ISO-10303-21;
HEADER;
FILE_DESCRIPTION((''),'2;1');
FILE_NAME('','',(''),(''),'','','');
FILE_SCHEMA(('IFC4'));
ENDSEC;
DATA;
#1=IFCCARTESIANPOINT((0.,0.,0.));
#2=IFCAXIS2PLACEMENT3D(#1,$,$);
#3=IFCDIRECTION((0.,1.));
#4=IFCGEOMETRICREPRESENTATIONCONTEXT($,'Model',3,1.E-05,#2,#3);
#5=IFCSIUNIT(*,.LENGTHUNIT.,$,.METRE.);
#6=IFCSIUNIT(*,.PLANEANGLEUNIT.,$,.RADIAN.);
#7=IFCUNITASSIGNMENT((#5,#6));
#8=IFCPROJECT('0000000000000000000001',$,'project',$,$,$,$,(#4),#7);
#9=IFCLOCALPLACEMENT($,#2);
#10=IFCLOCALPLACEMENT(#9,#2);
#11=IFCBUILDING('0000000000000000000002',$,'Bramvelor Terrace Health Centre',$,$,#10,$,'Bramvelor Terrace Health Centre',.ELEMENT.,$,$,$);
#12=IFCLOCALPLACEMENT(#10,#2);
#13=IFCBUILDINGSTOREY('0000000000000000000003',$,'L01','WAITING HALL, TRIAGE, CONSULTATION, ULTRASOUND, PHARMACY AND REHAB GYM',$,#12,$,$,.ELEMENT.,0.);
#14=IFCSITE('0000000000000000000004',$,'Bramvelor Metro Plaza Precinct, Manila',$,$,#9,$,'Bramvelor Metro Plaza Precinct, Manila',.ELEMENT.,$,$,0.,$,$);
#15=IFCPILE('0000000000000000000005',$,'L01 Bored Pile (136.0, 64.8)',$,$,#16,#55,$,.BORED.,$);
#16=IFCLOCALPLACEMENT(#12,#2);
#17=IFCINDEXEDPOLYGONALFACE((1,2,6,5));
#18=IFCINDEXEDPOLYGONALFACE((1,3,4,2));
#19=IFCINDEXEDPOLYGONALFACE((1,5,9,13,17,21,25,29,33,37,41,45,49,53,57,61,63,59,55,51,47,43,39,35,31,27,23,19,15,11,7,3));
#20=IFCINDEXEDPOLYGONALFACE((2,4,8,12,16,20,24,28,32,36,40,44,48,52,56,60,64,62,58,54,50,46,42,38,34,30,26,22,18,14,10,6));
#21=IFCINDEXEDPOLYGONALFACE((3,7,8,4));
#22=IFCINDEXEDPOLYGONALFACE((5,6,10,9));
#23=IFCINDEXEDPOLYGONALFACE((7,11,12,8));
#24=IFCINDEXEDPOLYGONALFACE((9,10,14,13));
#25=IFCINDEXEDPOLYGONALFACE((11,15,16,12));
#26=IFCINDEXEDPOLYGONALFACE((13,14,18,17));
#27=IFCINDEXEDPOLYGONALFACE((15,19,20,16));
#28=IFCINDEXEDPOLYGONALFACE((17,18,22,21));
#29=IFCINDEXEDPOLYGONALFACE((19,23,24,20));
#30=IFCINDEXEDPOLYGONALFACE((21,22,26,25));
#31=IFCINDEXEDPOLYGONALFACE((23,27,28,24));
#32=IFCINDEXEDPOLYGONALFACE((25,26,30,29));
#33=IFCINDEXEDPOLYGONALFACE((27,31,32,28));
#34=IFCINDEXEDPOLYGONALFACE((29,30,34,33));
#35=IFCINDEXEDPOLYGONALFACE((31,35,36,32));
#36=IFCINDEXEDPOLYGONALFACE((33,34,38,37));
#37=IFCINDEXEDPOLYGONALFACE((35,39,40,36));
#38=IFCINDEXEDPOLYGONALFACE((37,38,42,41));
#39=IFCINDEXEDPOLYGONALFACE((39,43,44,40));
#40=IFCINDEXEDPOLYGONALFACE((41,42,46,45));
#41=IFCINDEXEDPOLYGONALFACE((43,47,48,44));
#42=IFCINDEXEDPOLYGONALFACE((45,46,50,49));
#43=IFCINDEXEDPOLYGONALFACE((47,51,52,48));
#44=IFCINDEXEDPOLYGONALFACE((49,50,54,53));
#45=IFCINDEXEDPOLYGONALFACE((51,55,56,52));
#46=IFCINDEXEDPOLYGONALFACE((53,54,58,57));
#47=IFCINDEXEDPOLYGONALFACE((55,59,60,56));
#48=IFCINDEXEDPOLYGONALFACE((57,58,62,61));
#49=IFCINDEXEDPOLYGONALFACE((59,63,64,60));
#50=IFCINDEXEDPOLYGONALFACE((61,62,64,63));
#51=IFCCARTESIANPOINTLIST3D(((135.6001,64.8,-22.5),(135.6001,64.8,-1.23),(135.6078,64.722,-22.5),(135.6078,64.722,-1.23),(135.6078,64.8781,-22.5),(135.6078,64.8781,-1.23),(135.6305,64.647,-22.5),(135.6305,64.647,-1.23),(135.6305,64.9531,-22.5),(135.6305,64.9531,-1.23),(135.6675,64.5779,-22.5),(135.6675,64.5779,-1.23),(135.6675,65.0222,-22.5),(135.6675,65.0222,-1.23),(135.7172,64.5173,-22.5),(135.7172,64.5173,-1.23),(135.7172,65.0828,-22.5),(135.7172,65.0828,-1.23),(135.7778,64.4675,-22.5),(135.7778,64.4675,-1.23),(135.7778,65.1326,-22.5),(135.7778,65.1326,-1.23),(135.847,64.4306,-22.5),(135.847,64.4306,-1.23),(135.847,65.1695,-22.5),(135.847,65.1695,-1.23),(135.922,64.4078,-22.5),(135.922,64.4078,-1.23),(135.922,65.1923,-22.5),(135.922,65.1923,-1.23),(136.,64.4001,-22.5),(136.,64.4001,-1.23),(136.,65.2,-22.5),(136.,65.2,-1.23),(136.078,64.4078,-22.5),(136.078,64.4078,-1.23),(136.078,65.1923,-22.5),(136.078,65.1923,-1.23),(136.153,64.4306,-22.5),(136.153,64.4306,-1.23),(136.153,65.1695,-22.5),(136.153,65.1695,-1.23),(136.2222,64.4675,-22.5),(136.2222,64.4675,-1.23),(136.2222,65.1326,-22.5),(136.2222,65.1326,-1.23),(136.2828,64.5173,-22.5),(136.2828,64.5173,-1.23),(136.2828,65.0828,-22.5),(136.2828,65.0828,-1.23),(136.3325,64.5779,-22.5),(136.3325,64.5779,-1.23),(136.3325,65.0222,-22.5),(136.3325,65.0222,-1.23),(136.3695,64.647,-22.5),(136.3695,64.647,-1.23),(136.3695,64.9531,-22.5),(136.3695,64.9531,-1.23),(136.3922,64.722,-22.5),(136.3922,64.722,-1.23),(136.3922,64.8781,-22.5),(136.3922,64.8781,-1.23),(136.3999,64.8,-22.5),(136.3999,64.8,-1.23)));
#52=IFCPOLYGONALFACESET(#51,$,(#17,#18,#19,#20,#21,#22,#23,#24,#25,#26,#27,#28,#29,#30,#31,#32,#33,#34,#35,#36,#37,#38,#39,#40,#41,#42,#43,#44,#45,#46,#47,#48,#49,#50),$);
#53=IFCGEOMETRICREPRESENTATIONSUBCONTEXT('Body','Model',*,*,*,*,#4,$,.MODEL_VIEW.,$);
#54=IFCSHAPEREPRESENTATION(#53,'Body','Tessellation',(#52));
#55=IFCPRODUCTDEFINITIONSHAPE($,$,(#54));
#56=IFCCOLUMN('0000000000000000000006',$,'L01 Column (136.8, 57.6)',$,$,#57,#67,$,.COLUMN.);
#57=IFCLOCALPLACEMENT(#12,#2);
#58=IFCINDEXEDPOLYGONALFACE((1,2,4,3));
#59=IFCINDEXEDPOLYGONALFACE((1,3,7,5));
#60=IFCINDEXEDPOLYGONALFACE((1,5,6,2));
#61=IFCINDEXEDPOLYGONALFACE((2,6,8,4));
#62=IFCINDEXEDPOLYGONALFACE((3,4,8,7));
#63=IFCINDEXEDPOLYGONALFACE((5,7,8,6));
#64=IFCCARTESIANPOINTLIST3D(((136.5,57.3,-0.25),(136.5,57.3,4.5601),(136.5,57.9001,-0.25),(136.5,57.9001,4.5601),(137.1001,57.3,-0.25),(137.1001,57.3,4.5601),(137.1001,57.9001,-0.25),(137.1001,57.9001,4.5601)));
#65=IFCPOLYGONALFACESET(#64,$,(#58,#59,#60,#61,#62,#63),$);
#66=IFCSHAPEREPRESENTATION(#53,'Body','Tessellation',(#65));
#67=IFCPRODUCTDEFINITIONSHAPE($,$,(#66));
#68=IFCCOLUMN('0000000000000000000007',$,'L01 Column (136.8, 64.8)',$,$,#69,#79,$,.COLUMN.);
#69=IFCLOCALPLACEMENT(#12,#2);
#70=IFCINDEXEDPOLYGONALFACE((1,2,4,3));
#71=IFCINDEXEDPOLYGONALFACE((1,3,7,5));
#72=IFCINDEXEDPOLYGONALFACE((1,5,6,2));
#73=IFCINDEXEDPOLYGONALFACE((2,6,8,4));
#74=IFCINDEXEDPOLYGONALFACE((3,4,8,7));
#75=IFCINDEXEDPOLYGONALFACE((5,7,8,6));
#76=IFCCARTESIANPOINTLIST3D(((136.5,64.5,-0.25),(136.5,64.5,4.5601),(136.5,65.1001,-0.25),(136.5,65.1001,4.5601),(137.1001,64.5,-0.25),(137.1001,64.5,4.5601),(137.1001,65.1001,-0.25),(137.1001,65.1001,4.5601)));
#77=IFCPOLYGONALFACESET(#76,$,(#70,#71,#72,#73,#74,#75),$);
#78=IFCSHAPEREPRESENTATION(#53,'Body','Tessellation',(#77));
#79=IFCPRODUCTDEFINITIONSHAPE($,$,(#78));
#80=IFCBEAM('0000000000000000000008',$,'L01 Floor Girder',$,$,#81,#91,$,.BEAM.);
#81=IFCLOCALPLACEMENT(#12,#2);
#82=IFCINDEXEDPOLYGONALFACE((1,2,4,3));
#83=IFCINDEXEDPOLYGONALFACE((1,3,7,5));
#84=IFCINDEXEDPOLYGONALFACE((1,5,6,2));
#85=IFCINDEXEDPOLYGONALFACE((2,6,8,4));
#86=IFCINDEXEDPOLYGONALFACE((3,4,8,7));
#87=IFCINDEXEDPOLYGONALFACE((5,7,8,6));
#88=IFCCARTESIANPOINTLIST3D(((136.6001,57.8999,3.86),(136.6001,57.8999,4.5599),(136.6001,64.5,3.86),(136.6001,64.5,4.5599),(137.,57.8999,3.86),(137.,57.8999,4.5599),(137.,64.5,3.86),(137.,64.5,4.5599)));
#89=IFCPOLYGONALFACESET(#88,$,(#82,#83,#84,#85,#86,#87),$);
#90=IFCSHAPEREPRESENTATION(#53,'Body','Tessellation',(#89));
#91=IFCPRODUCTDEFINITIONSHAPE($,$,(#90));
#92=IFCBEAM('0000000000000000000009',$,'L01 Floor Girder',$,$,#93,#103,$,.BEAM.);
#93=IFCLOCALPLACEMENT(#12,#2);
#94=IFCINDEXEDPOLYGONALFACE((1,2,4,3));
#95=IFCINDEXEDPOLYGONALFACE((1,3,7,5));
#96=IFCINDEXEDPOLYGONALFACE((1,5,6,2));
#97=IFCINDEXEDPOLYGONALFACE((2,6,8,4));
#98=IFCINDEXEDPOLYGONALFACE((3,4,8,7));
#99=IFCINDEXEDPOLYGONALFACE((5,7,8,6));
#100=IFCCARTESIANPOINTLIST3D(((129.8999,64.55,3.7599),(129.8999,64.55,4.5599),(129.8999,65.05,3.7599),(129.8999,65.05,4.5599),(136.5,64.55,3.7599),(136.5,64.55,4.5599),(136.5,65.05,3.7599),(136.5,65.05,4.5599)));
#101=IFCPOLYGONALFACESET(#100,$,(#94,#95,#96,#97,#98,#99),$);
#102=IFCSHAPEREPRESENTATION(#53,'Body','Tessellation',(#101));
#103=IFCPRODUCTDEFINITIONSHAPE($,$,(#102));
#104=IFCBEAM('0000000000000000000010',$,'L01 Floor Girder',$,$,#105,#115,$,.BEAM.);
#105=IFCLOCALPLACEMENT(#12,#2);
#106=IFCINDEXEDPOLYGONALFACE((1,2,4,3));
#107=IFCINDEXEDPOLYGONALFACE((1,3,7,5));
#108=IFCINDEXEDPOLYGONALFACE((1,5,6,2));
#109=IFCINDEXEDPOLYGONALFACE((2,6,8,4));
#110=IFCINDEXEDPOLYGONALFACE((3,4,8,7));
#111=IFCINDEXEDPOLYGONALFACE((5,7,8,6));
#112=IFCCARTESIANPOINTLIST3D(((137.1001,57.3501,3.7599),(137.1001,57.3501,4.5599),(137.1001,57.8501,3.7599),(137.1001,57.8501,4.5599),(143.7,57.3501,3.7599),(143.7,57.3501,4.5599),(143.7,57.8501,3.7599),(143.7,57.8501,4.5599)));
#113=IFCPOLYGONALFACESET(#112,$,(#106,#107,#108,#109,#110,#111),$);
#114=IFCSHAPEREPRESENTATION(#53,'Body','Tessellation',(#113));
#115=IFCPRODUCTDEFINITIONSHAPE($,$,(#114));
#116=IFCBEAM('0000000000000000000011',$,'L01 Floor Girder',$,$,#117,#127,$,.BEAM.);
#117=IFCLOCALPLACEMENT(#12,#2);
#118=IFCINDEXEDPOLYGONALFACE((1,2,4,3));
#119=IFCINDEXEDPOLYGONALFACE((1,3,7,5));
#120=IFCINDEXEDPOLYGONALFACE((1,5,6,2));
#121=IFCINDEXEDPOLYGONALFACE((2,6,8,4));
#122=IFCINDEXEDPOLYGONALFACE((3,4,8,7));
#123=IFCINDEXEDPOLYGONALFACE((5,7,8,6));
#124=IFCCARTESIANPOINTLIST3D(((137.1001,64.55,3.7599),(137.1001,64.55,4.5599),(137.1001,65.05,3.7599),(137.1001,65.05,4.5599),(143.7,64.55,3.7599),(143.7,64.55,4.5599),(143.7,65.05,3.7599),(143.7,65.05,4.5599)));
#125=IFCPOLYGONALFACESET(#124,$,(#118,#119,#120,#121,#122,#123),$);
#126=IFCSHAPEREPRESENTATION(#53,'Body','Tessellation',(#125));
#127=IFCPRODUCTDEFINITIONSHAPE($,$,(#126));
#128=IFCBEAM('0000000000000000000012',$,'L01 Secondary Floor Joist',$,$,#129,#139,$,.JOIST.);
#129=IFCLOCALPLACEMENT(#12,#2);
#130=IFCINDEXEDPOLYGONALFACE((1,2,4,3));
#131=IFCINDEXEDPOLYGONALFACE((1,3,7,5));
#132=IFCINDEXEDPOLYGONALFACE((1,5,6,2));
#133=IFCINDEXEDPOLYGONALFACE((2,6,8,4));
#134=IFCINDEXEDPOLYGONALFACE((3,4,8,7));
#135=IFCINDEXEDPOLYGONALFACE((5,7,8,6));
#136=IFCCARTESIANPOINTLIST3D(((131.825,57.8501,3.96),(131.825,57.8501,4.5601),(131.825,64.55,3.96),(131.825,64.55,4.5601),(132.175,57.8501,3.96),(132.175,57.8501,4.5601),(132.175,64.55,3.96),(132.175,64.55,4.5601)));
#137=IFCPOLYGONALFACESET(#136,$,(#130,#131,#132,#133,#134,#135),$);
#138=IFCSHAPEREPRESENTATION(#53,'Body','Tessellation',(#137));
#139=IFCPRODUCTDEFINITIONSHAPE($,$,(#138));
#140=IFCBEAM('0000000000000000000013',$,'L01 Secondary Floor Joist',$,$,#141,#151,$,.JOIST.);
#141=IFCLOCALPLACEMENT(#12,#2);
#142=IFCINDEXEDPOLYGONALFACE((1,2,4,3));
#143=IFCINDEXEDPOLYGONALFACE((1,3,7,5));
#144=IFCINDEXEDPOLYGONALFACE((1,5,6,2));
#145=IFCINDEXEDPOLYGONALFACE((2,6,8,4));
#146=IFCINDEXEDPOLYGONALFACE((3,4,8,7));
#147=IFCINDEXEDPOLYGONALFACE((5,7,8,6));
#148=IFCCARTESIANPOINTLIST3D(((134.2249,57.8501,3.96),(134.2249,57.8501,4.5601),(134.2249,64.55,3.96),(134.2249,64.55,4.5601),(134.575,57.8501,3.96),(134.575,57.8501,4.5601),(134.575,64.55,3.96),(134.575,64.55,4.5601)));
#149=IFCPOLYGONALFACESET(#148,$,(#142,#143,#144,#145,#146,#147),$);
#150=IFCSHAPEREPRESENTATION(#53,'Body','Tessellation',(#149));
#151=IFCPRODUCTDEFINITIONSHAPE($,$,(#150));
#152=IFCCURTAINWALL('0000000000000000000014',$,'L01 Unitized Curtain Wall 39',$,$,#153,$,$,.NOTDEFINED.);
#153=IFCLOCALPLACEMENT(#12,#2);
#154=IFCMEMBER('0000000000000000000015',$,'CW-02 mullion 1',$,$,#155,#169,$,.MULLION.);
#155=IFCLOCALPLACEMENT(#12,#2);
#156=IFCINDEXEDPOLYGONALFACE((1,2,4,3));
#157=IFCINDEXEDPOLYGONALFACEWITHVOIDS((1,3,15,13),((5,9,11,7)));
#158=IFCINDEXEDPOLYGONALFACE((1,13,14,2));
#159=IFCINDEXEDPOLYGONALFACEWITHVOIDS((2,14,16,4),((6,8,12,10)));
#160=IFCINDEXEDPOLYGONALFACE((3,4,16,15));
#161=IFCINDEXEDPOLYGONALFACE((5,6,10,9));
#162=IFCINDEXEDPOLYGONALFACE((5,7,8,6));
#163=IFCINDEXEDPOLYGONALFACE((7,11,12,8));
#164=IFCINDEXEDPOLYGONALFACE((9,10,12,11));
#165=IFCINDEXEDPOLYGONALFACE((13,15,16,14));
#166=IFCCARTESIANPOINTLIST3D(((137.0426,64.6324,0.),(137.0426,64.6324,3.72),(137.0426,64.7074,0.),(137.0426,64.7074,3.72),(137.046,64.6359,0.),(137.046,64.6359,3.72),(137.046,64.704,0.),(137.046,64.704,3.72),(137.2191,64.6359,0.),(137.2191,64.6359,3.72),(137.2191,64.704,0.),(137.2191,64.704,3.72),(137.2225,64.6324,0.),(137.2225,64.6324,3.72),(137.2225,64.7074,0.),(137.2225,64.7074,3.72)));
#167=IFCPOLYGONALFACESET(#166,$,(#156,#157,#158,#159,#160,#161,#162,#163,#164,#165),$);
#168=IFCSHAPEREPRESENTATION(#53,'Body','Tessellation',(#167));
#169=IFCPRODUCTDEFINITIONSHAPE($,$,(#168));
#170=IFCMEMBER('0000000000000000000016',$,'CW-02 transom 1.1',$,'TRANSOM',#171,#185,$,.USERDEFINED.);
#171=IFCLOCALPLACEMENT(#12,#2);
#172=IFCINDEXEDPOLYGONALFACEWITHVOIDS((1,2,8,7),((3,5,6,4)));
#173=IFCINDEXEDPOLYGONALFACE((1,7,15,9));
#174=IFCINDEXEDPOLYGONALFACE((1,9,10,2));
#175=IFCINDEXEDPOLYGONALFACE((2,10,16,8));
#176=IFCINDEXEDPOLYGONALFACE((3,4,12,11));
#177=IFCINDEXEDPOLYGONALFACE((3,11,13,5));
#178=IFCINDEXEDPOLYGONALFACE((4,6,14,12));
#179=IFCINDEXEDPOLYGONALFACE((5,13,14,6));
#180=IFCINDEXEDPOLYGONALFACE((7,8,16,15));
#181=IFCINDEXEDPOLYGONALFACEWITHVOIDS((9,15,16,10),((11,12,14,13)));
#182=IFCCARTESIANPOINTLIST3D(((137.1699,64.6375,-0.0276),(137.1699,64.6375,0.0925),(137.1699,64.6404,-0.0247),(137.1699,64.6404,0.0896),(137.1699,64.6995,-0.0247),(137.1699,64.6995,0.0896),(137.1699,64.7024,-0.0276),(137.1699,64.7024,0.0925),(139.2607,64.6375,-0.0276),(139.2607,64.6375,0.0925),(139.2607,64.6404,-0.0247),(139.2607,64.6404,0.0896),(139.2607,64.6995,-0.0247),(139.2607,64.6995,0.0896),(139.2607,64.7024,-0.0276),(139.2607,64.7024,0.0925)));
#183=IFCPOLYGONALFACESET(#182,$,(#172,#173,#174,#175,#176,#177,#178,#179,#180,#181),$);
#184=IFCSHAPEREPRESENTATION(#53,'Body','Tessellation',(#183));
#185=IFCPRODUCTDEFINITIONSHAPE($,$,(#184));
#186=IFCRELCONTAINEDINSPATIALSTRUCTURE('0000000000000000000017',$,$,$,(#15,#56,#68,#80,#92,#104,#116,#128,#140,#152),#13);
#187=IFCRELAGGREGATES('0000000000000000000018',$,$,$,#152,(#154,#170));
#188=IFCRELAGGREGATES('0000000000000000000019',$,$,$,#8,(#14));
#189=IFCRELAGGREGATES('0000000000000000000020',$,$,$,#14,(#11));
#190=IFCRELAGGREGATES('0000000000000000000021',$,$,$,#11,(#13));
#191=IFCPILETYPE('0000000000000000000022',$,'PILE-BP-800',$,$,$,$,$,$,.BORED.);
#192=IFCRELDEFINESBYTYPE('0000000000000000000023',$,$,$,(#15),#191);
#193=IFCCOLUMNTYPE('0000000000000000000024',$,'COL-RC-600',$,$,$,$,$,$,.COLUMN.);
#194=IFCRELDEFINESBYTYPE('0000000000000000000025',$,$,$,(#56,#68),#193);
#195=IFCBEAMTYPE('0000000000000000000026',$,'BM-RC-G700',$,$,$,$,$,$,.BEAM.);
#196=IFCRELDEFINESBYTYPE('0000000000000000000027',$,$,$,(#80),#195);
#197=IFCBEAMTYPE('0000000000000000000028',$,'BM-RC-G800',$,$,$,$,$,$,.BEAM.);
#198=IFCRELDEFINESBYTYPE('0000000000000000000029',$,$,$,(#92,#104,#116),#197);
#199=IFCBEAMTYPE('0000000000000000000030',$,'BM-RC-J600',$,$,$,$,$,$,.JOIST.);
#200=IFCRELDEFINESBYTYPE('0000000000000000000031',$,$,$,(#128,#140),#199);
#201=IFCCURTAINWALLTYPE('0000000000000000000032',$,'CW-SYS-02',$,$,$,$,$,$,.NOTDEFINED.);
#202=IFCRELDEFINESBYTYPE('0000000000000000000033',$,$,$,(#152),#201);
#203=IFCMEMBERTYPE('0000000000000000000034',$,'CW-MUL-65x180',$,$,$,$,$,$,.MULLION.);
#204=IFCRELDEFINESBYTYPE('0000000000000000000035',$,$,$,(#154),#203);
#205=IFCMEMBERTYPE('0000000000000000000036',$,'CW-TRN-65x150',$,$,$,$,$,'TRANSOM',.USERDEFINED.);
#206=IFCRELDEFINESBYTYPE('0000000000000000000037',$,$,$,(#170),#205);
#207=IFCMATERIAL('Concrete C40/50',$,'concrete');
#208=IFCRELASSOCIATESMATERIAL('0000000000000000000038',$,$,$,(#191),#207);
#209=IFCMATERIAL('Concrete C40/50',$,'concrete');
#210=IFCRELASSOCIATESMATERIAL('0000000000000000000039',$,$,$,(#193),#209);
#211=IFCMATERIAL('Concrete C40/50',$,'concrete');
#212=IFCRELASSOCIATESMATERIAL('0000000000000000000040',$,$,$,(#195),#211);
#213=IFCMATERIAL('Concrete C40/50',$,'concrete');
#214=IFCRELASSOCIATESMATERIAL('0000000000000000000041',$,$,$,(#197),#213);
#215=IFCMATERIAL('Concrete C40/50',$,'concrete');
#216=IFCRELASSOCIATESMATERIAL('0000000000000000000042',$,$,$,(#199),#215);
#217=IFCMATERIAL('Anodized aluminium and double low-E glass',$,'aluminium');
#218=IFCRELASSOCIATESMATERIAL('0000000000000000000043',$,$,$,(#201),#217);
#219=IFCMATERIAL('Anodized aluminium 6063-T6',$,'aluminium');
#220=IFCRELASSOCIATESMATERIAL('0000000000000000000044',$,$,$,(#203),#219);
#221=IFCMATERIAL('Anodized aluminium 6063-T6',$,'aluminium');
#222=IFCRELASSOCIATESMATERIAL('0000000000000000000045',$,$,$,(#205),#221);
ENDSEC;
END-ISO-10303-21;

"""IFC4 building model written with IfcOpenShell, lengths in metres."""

from ifc_helpers import new_model, si_unit, direction, frame, origin, origin_2d, place, context, subcontext, project, spatial, rectangle, hollow_rectangle, circle, extrude, material, material_profile, profile_set, type_object, element, aggregate, save


model = new_model("IFC4")

# Units and contexts
model_context = context("Model", 3, precision=1e-05, world=origin(), true_north=direction((0.0, 1.0)))
body_context = subcontext(model_context, "Body", "Model", "MODEL_VIEW")
ifc_project = project(units=[si_unit("LENGTHUNIT", "METRE"), si_unit("PLANEANGLEUNIT", "RADIAN")], contexts=[model_context])

# Site, building, storey
site_placement = place(None, origin())
site = spatial("IfcSite", under=ifc_project, at=site_placement, Name="Bramvelor Metro Plaza Precinct, Manila", LongName="Bramvelor Metro Plaza Precinct, Manila", CompositionType="ELEMENT", RefElevation=0.0)
building_placement = place(site_placement, origin())
building = spatial("IfcBuilding", under=site, at=building_placement, Name="Bramvelor Terrace Health Centre", LongName="Bramvelor Terrace Health Centre", CompositionType="ELEMENT")
storey_placement = place(building_placement, origin())
storey = spatial("IfcBuildingStorey", under=building, at=storey_placement, Name="L01", Description="WAITING HALL, TRIAGE, CONSULTATION, ULTRASOUND, PHARMACY AND REHAB GYM", CompositionType="ELEMENT", Elevation=0.0)

# Pile
ifc_material_1 = material(Name="Concrete C40/50", Category="concrete")
ifc_material_profile_1 = material_profile(ifc_material_1, circle(Radius=0.3999, at=origin_2d()), Name="BP D800")
ifc_profile_set_1 = profile_set([ifc_material_profile_1], Name="Concrete C40/50")
pile_type = type_object("IfcPileType", Name="PILE-BP-800", PredefinedType="BORED", material=ifc_profile_set_1)
for number, where, z_axis, x_axis, name in (
    (1, (136.0, 64.8, -1.23), (0.0, 0.0, -1.0), (1.0, 0.0, 0.0), "L01 Bored Pile (136.0, 64.8)"),
):
    element("IfcPile", number, at=place(storey_placement, frame(where, z_axis=z_axis, x_axis=x_axis)), inside=storey, type_object=pile_type, Name=name, PredefinedType="BORED", context=body_context, shape_type="SweptSolid", body=[
        extrude(circle(Radius=0.3999, at=origin_2d()), origin(), (0.0, 0.0, 1.0), 21.27),
    ])

# Columns
ifc_material_2 = material(Name="Concrete C40/50", Category="concrete")
ifc_material_profile_2 = material_profile(ifc_material_2, rectangle(XDim=0.6001, YDim=0.6001, at=origin_2d()), Name="RC 600x600")
ifc_profile_set_2 = profile_set([ifc_material_profile_2], Name="Concrete C40/50")
column_type = type_object("IfcColumnType", Name="COL-RC-600", PredefinedType="COLUMN", material=ifc_profile_set_2)
for number, where, z_axis, x_axis, name in (
    (2, (136.8, 57.6001, -0.25), (0.0, 0.0, 1.0), (1.0, 0.0, 0.0), "L01 Column (136.8, 57.6)"),
    (3, (136.8, 64.8, -0.25), (0.0, 0.0, 1.0), (1.0, 0.0, 0.0), "L01 Column (136.8, 64.8)"),
):
    element("IfcColumn", number, at=place(storey_placement, frame(where, z_axis=z_axis, x_axis=x_axis)), inside=storey, type_object=column_type, Name=name, PredefinedType="COLUMN", context=body_context, shape_type="SweptSolid", body=[
        extrude(rectangle(XDim=0.6001, YDim=0.6001, at=origin_2d()), origin(), (0.0, 0.0, 1.0), 4.8101),
    ])

# Beams
ifc_material_3 = material(Name="Concrete C40/50", Category="concrete")
ifc_material_profile_3 = material_profile(ifc_material_3, rectangle(XDim=0.3999, YDim=0.7, at=origin_2d()), Name="RC 400x700")
ifc_profile_set_3 = profile_set([ifc_material_profile_3], Name="Concrete C40/50")
beam_type_1 = type_object("IfcBeamType", Name="BM-RC-G700", PredefinedType="BEAM", material=ifc_profile_set_3)
beam_1_placement = place(storey_placement, frame((136.8, 57.8999, 4.21), z_axis=(0.0, 1.0, 0.0), x_axis=(-1.0, 0.0, 0.0)))
element("IfcBeam", 4, at=beam_1_placement, inside=storey, type_object=beam_type_1, Name="L01 Floor Girder", PredefinedType="BEAM", context=body_context, shape_type="SweptSolid", body=[
    extrude(rectangle(XDim=0.3999, YDim=0.7, at=origin_2d()), origin(), (0.0, 0.0, 1.0), 6.6001),
])
ifc_material_4 = material(Name="Concrete C40/50", Category="concrete")
ifc_material_profile_4 = material_profile(ifc_material_4, rectangle(XDim=0.5, YDim=0.8, at=origin_2d()), Name="RC 500x800")
ifc_profile_set_4 = profile_set([ifc_material_profile_4], Name="Concrete C40/50")
beam_type_2 = type_object("IfcBeamType", Name="BM-RC-G800", PredefinedType="BEAM", material=ifc_profile_set_4)
beam_2_placement = place(storey_placement, frame((129.8999, 64.8, 4.1599), z_axis=(1.0, 0.0, 0.0), x_axis=(0.0, 1.0, 0.0)))
element("IfcBeam", 5, at=beam_2_placement, inside=storey, type_object=beam_type_2, Name="L01 Floor Girder", PredefinedType="BEAM", context=body_context, shape_type="SweptSolid", body=[
    extrude(rectangle(XDim=0.5, YDim=0.8, at=origin_2d()), origin(), (0.0, 0.0, 1.0), 6.6001),
])
for number, where, z_axis, x_axis, name in (
    (6, (137.1001, 57.6001, 4.1599), (1.0, 0.0, 0.0), (0.0, 1.0, 0.0), "L01 Floor Girder"),
    (7, (137.1001, 64.8, 4.1599), (1.0, 0.0, 0.0), (0.0, 1.0, 0.0), "L01 Floor Girder"),
):
    element("IfcBeam", number, at=place(storey_placement, frame(where, z_axis=z_axis, x_axis=x_axis)), inside=storey, type_object=beam_type_2, Name=name, PredefinedType="BEAM", context=body_context, shape_type="SweptSolid", body=[
        extrude(rectangle(XDim=0.5, YDim=0.8, at=origin_2d()), origin(), (0.0, 0.0, 1.0), 6.5999),
    ])
ifc_material_5 = material(Name="Concrete C40/50", Category="concrete")
ifc_material_profile_5 = material_profile(ifc_material_5, rectangle(XDim=0.3501, YDim=0.6001, at=origin_2d()), Name="RC 350x600")
ifc_profile_set_5 = profile_set([ifc_material_profile_5], Name="Concrete C40/50")
beam_type_3 = type_object("IfcBeamType", Name="BM-RC-J600", PredefinedType="JOIST", material=ifc_profile_set_5)
for number, where, z_axis, x_axis, name in (
    (8, (132.0, 57.8501, 4.26), (0.0, 1.0, 0.0), (-1.0, 0.0, 0.0), "L01 Secondary Floor Joist"),
    (9, (134.3999, 57.8501, 4.26), (0.0, 1.0, 0.0), (-1.0, 0.0, 0.0), "L01 Secondary Floor Joist"),
):
    element("IfcBeam", number, at=place(storey_placement, frame(where, z_axis=z_axis, x_axis=x_axis)), inside=storey, type_object=beam_type_3, Name=name, PredefinedType="JOIST", context=body_context, shape_type="SweptSolid", body=[
        extrude(rectangle(XDim=0.3501, YDim=0.6001, at=origin_2d()), origin(), (0.0, 0.0, 1.0), 6.7),
    ])

# Curtain wall, members
ifc_material_6 = material(Name="Anodized aluminium and double low-E glass", Category="aluminium")
curtain_wall_type = type_object("IfcCurtainWallType", Name="CW-SYS-02", PredefinedType="NOTDEFINED", material=ifc_material_6)
curtain_wall_placement = place(storey_placement, origin())
curtain_wall = element("IfcCurtainWall", 10, at=curtain_wall_placement, inside=storey, type_object=curtain_wall_type, Name="L01 Unitized Curtain Wall 39", PredefinedType="NOTDEFINED")
ifc_material_7 = material(Name="Anodized aluminium 6063-T6", Category="aluminium")
ifc_material_profile_6 = material_profile(ifc_material_7, hollow_rectangle(XDim=0.075, YDim=0.1799, WallThickness=0.0034, at=origin_2d()), Name="ALU-MUL 75x180x3.5")
ifc_profile_set_6 = profile_set([ifc_material_profile_6], Name="Anodized aluminium 6063-T6")
member_type_1 = type_object("IfcMemberType", Name="CW-MUL-65x180", PredefinedType="MULLION", material=ifc_profile_set_6)
member_1_placement = place(storey_placement, frame((137.1326, 64.6699, 0.0), z_axis=(0.0, 0.0, 1.0), x_axis=(0.0, 1.0, 0.0)))
member_1 = element("IfcMember", 11, at=member_1_placement, type_object=member_type_1, Name="CW-02 mullion 1", PredefinedType="MULLION", context=body_context, shape_type="SweptSolid", body=[
    extrude(hollow_rectangle(XDim=0.075, YDim=0.1799, WallThickness=0.0034, at=origin_2d()), origin(), (0.0, 0.0, 1.0), 3.72),
])
ifc_material_8 = material(Name="Anodized aluminium 6063-T6", Category="aluminium")
ifc_material_profile_7 = material_profile(ifc_material_8, hollow_rectangle(XDim=0.0649, YDim=0.1201, WallThickness=0.0029, at=origin_2d()), Name="ALU-TRN 65x120x3.0")
ifc_profile_set_7 = profile_set([ifc_material_profile_7], Name="Anodized aluminium 6063-T6")
member_type_2 = type_object("IfcMemberType", Name="CW-TRN-65x150", ElementType="TRANSOM", PredefinedType="USERDEFINED", material=ifc_profile_set_7)
member_2_placement = place(storey_placement, frame((137.1699, 64.6699, 0.0325), z_axis=(1.0, 0.0, 0.0), x_axis=(0.0, 1.0, 0.0)))
member_2 = element("IfcMember", 12, at=member_2_placement, type_object=member_type_2, Name="CW-02 transom 1.1", ObjectType="TRANSOM", PredefinedType="USERDEFINED", context=body_context, shape_type="SweptSolid", body=[
    extrude(hollow_rectangle(XDim=0.0649, YDim=0.1201, WallThickness=0.0029, at=origin_2d()), origin(), (0.0, 0.0, 1.0), 2.0908),
])
aggregate(curtain_wall, [member_1, member_2])

save(model, "model.ifc")
